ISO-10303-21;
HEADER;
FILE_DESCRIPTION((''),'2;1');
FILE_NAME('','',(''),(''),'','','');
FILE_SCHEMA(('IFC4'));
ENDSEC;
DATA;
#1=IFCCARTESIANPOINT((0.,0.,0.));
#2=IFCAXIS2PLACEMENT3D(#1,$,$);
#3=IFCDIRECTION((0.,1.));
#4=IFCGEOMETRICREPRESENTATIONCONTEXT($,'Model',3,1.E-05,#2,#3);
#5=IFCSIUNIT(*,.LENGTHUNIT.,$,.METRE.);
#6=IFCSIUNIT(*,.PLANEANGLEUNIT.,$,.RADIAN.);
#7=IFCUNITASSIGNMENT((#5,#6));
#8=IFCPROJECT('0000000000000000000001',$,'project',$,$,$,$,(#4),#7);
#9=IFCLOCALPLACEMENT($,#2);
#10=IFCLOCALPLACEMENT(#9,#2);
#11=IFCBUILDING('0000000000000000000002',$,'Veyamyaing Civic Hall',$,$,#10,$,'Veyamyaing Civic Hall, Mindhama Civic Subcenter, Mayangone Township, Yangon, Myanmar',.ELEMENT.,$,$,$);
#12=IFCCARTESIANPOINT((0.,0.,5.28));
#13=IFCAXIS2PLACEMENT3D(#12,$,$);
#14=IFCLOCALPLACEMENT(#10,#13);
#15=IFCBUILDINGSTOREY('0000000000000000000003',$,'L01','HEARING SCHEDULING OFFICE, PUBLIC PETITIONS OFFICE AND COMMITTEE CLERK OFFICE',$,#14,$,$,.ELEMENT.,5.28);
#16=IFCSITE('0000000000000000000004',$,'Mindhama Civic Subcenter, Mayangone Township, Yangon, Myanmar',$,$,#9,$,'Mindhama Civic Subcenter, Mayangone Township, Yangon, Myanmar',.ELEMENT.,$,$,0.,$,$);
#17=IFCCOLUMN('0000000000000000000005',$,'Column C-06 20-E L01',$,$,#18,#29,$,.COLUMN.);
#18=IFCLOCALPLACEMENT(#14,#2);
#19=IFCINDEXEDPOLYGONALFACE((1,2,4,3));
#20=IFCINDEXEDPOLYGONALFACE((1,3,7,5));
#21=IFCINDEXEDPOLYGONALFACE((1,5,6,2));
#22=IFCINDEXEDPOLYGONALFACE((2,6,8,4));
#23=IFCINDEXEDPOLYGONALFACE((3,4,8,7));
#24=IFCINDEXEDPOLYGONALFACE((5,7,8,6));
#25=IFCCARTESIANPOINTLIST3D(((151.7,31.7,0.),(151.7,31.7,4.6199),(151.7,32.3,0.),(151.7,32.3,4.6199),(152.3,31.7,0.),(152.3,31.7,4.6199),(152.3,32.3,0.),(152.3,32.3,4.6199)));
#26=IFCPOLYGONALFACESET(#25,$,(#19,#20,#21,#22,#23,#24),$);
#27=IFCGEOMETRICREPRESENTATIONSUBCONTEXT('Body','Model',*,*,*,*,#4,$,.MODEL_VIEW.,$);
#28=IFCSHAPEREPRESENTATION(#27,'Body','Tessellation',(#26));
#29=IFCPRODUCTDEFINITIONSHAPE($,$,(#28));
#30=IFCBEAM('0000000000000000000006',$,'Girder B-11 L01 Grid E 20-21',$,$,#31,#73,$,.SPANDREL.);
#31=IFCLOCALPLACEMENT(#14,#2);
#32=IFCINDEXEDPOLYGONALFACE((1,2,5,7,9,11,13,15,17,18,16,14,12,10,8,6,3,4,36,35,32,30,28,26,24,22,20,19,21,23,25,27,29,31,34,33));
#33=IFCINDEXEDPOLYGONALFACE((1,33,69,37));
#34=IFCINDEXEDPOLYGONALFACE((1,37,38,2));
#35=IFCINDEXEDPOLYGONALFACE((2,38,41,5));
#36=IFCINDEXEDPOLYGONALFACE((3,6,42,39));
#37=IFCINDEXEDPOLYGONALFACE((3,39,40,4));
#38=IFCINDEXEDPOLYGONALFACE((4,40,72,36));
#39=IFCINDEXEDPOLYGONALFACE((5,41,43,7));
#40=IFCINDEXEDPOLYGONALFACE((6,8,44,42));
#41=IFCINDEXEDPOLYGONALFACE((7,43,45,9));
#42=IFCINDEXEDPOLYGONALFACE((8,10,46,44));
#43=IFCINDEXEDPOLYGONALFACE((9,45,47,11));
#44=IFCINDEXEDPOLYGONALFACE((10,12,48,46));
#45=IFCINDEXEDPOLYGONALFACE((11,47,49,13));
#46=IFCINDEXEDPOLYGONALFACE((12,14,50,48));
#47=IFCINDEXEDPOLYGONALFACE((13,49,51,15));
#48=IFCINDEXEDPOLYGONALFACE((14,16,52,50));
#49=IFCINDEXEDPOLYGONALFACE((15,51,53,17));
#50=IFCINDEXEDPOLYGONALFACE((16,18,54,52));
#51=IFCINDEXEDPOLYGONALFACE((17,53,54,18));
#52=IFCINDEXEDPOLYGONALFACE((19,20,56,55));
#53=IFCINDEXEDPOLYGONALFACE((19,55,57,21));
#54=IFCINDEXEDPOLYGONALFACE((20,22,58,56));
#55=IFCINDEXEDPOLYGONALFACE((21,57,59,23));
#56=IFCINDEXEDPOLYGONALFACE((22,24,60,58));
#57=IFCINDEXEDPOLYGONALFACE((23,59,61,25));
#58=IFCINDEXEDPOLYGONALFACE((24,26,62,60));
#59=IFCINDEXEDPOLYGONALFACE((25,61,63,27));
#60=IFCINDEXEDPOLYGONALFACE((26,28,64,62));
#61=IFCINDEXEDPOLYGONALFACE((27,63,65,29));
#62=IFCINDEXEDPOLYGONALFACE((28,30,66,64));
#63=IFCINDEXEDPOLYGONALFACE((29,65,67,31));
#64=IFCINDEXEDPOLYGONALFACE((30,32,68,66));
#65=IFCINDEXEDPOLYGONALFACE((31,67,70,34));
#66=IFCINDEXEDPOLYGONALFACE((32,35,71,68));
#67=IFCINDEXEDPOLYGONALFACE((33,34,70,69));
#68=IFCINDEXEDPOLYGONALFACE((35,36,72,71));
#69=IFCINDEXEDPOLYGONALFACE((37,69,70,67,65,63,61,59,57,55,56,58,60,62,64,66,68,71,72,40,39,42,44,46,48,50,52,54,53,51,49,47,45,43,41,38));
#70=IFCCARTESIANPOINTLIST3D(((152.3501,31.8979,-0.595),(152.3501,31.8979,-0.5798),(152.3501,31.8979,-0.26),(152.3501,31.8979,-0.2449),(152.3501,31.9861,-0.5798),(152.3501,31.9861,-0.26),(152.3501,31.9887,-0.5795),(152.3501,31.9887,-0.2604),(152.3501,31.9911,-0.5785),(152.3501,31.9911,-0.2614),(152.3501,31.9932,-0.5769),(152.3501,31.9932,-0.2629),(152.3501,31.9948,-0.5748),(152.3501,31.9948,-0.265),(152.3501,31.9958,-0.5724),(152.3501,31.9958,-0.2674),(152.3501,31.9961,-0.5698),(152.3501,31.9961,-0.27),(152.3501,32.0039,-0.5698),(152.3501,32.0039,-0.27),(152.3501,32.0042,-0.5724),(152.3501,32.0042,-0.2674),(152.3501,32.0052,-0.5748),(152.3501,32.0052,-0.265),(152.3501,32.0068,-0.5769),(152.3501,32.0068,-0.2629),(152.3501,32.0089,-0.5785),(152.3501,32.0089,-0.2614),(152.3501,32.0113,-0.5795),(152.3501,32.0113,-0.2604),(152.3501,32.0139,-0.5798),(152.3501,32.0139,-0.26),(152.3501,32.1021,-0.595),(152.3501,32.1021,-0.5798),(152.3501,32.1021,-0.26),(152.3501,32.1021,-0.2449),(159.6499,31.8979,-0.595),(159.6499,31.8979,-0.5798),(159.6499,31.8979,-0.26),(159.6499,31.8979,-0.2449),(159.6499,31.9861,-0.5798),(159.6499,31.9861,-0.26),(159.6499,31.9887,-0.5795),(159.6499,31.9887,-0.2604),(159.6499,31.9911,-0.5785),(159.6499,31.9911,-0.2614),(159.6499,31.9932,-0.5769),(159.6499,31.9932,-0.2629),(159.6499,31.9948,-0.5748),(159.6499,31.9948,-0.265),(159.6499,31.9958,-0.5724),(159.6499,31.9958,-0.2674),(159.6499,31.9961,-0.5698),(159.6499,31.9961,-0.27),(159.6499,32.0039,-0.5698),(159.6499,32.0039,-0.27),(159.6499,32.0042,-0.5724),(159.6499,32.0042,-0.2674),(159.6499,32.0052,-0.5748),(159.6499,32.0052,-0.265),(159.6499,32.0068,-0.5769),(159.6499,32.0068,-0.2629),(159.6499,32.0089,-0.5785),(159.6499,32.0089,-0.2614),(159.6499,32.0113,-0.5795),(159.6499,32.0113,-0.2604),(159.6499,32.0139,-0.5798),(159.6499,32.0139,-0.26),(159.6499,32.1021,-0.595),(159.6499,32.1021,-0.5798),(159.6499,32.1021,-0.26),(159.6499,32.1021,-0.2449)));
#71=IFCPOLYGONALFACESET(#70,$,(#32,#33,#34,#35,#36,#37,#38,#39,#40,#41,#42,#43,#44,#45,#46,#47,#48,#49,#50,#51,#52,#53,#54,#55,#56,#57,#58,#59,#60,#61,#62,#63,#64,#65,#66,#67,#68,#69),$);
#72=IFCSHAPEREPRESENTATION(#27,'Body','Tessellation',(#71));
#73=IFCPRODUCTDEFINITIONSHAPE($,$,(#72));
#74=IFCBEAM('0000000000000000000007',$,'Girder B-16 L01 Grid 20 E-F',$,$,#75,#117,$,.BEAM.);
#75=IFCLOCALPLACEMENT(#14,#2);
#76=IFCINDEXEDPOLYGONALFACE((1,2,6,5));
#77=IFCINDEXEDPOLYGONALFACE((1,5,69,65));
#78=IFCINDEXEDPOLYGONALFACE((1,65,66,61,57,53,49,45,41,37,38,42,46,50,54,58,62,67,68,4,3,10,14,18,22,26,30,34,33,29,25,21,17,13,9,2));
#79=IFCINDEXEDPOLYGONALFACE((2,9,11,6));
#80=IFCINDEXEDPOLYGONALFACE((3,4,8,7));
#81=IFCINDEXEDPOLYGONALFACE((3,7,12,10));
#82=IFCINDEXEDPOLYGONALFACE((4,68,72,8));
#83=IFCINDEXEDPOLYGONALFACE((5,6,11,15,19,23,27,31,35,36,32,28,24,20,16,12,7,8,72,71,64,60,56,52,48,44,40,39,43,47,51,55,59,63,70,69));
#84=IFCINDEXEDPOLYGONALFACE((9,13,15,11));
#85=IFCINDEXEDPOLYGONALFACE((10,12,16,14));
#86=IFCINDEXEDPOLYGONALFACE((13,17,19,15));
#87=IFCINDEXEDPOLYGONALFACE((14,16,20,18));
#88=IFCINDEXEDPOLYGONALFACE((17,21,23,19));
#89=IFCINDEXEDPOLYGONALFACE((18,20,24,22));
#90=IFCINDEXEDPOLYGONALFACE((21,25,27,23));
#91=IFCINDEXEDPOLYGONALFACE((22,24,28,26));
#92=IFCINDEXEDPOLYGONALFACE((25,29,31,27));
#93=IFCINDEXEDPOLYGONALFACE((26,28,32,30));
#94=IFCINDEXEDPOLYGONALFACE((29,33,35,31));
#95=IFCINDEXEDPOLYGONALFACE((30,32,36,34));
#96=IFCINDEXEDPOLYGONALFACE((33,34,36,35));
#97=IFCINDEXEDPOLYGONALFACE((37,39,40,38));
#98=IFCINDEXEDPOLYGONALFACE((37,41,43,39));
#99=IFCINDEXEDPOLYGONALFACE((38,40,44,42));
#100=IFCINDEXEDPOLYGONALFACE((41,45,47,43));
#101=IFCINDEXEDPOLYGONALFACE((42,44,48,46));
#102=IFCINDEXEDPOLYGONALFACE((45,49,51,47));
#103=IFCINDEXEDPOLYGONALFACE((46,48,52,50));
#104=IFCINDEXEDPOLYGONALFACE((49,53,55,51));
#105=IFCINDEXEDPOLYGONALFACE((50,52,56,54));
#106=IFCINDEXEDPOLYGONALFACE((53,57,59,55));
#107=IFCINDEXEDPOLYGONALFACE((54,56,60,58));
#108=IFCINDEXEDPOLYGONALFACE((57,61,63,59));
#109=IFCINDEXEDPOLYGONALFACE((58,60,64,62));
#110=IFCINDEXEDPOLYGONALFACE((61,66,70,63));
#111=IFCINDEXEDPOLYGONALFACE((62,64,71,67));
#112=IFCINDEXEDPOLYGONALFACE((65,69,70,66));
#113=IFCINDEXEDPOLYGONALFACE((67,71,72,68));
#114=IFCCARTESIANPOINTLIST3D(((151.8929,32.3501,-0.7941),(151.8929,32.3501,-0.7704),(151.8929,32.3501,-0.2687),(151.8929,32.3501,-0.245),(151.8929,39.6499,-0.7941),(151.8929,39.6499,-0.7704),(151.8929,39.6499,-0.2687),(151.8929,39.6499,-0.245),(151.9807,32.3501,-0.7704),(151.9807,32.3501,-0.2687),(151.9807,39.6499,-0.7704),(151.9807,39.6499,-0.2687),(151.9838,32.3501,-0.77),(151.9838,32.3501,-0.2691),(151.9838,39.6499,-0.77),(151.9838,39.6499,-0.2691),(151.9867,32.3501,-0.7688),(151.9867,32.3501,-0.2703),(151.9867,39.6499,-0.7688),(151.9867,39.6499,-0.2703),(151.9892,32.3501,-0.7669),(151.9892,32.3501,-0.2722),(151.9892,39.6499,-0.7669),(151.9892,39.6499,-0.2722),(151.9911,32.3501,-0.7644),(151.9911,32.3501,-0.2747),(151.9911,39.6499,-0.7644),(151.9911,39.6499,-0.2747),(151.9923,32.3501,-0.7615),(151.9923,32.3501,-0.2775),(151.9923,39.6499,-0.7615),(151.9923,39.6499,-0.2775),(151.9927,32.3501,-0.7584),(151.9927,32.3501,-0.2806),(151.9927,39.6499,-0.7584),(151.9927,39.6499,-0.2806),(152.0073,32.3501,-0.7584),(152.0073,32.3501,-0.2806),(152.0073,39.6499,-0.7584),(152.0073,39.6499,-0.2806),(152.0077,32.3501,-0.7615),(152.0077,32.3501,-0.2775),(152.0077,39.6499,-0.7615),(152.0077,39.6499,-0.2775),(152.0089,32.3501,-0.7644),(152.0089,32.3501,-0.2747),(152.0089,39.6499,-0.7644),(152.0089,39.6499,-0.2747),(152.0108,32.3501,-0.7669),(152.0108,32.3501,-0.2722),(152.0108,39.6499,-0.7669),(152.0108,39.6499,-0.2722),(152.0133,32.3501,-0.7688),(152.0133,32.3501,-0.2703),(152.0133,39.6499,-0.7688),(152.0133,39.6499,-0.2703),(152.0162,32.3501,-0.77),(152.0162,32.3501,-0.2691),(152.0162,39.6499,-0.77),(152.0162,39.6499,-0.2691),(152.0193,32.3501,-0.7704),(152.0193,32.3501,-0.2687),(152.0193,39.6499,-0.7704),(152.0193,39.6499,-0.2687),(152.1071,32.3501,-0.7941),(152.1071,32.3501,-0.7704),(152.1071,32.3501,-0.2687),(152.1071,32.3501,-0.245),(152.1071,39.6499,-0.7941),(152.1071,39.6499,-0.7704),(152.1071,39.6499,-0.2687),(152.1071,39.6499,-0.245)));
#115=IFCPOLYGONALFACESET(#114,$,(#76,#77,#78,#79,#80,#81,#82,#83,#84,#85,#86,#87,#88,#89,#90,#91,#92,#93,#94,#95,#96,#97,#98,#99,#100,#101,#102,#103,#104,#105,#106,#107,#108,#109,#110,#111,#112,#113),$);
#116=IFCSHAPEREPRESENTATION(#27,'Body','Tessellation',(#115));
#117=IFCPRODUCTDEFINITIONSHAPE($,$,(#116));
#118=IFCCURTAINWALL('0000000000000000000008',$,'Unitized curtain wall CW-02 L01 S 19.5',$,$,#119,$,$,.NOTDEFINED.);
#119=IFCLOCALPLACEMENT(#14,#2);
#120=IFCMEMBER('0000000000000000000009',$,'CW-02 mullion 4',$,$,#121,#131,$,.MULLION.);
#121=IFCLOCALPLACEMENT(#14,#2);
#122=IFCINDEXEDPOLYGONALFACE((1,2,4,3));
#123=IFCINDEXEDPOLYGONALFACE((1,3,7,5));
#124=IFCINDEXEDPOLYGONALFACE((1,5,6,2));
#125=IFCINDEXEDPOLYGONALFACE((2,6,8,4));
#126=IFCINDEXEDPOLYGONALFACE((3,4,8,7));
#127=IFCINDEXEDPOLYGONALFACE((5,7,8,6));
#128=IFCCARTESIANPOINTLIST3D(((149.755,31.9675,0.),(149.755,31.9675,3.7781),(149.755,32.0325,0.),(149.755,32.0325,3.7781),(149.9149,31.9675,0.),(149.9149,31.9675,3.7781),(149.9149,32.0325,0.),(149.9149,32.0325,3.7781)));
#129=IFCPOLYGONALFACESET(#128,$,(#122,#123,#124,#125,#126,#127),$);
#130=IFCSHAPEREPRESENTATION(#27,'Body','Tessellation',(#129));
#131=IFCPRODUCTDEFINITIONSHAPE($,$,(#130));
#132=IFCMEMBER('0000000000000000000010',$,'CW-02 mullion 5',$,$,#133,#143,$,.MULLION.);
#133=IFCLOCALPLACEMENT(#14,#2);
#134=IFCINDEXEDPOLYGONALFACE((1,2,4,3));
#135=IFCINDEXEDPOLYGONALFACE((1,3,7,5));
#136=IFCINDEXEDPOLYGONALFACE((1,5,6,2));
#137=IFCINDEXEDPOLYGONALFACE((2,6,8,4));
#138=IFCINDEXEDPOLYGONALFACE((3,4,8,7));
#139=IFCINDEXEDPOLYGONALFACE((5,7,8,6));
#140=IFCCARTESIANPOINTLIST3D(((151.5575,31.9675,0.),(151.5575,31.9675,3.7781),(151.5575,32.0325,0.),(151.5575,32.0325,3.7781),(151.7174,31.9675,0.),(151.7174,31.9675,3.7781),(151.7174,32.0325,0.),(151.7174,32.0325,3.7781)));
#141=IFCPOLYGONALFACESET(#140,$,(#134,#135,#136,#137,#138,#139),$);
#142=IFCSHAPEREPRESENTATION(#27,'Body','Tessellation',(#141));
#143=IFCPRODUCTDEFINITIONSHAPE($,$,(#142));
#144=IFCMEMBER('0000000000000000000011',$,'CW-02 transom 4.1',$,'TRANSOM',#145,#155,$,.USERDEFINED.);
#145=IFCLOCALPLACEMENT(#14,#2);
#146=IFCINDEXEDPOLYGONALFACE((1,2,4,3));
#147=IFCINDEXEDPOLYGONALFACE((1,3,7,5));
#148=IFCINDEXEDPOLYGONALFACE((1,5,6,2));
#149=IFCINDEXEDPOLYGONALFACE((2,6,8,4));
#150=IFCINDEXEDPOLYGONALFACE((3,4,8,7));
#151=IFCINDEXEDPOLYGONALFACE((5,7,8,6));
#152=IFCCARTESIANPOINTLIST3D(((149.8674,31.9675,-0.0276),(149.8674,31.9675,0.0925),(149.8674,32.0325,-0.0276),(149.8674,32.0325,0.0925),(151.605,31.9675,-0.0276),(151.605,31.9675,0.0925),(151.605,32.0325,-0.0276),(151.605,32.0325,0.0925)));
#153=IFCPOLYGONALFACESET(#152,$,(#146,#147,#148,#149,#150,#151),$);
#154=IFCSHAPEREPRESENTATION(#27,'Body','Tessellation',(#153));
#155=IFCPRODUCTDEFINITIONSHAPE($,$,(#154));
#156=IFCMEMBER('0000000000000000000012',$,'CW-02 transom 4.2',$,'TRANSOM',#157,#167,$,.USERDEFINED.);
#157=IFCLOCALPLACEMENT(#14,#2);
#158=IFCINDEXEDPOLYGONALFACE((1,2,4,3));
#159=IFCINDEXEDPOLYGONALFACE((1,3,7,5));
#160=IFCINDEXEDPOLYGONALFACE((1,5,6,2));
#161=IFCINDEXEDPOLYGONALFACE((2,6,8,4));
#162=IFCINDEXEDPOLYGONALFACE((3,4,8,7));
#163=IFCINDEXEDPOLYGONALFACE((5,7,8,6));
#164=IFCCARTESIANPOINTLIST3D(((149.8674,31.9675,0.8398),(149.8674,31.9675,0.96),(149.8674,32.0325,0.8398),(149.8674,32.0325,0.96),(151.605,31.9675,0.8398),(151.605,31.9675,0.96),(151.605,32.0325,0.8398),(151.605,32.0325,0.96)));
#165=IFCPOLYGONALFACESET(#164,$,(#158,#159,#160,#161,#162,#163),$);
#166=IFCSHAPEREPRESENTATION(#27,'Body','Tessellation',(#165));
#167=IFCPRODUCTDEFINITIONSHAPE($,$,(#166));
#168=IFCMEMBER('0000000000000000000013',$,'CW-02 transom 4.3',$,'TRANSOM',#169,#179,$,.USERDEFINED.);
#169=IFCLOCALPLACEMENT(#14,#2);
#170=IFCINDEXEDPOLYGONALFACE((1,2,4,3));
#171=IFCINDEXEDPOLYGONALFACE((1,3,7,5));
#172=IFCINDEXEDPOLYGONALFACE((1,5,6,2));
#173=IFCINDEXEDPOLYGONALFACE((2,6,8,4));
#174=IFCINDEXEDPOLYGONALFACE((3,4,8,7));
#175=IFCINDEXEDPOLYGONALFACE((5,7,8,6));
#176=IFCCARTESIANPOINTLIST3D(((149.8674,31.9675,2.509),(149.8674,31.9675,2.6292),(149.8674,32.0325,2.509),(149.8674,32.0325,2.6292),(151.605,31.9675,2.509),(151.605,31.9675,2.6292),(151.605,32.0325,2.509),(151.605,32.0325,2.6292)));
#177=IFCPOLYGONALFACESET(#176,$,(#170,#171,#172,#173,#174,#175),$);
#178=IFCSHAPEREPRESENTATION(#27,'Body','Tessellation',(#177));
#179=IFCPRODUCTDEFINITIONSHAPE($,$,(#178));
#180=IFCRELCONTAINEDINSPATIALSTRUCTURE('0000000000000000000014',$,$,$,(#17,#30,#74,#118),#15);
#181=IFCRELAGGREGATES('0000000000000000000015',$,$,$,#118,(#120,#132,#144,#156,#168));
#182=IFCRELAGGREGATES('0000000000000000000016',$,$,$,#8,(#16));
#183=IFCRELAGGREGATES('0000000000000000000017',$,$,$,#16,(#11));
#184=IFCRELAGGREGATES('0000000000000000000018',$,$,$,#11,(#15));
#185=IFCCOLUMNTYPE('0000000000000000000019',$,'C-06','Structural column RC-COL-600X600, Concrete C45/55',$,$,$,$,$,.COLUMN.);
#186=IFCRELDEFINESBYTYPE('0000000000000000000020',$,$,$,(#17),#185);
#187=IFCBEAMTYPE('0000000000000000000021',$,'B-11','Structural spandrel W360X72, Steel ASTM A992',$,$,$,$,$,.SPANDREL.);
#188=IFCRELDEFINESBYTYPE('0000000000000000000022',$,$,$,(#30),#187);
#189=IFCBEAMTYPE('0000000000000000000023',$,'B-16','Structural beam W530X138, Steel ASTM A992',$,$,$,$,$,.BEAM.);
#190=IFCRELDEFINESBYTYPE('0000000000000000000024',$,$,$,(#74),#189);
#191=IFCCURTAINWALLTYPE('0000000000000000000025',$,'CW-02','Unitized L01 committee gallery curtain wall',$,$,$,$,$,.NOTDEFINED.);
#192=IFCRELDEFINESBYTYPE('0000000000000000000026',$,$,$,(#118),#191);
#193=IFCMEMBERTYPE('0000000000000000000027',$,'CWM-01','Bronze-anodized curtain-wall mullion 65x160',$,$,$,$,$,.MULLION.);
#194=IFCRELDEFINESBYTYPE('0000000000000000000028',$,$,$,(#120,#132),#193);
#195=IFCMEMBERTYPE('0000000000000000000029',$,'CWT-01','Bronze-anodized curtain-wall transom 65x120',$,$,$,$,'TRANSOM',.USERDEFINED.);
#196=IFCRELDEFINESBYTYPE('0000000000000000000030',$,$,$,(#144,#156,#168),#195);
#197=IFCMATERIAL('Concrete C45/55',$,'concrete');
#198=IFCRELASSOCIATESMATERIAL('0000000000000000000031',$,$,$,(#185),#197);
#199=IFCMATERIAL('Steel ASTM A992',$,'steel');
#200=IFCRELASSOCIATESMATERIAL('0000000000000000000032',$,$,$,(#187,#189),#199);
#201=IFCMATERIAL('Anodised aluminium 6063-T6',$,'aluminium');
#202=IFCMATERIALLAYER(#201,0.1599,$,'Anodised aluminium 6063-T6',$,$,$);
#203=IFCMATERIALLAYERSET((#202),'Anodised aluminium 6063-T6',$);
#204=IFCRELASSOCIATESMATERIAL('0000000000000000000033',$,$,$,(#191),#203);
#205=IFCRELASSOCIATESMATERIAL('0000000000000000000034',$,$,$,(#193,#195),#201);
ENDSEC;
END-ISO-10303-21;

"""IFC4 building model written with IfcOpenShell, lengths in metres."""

from ifc_helpers import new_model, si_unit, direction, frame, origin, origin_2d, place, context, subcontext, project, spatial, rectangle, i_section, extrude, material, layer, layer_set, material_profile, profile_set, type_object, element, aggregate, save


model = new_model("IFC4")

# Units and contexts
model_context = context("Model", 3, precision=1e-05, world=origin(), true_north=direction((0.0, 1.0)))
body_context = subcontext(model_context, "Body", "Model", "MODEL_VIEW")
ifc_project = project(units=[si_unit("LENGTHUNIT", "METRE"), si_unit("PLANEANGLEUNIT", "RADIAN")], contexts=[model_context])

# Site, building, storey
site_placement = place(None, origin())
site = spatial("IfcSite", under=ifc_project, at=site_placement, Name="Mindhama Civic Subcenter, Mayangone Township, Yangon, Myanmar", LongName="Mindhama Civic Subcenter, Mayangone Township, Yangon, Myanmar", CompositionType="ELEMENT", RefElevation=0.0)
building_placement = place(site_placement, origin())
building = spatial("IfcBuilding", under=site, at=building_placement, Name="Veyamyaing Civic Hall", LongName="Veyamyaing Civic Hall, Mindhama Civic Subcenter, Mayangone Township, Yangon, Myanmar", CompositionType="ELEMENT")
storey_placement = place(building_placement, frame((0.0, 0.0, 5.28)))
storey = spatial("IfcBuildingStorey", under=building, at=storey_placement, Name="L01", Description="HEARING SCHEDULING OFFICE, PUBLIC PETITIONS OFFICE AND COMMITTEE CLERK OFFICE", CompositionType="ELEMENT", Elevation=5.28)

# Column
ifc_material_1 = material(Name="Concrete C45/55", Category="concrete")
ifc_material_profile_1 = material_profile(ifc_material_1, rectangle(XDim=0.6001, YDim=0.6001, at=origin_2d()), Name="RC-COL-600X600")
ifc_profile_set_1 = profile_set([ifc_material_profile_1], Name="Concrete C45/55")
column_type = type_object("IfcColumnType", Name="C-06", Description="Structural column RC-COL-600X600, Concrete C45/55", PredefinedType="COLUMN", material=ifc_profile_set_1)
column_placement = place(storey_placement, frame((152.0, 32.0, 0.0), z_axis=(0.0, 0.0, 1.0), x_axis=(1.0, 0.0, 0.0)))
element("IfcColumn", 1, at=column_placement, inside=storey, type_object=column_type, Name="Column C-06 20-E L01", PredefinedType="COLUMN", context=body_context, shape_type="SweptSolid", body=[
    extrude(rectangle(XDim=0.6001, YDim=0.6001, at=origin_2d()), origin(), (0.0, 0.0, 1.0), 4.6199),
])

# Beams
ifc_material_2 = material(Name="Steel ASTM A992", Category="steel")
ifc_material_profile_2 = material_profile(ifc_material_2, i_section(OverallWidth=0.2041, OverallDepth=0.3501, WebThickness=0.0078, FlangeThickness=0.0151, FilletRadius=0.01, at=origin_2d()), Name="W360X72")
ifc_profile_set_2 = profile_set([ifc_material_profile_2], Name="Steel ASTM A992")
beam_type_1 = type_object("IfcBeamType", Name="B-11", Description="Structural spandrel W360X72, Steel ASTM A992", PredefinedType="SPANDREL", material=ifc_profile_set_2)
beam_1_placement = place(storey_placement, frame((152.3501, 32.0, -0.4199), z_axis=(1.0, 0.0, 0.0), x_axis=(0.0, 1.0, 0.0)))
element("IfcBeam", 2, at=beam_1_placement, inside=storey, type_object=beam_type_1, Name="Girder B-11 L01 Grid E 20-21", PredefinedType="SPANDREL", context=body_context, shape_type="SweptSolid", body=[
    extrude(i_section(OverallWidth=0.2041, OverallDepth=0.3501, WebThickness=0.0078, FlangeThickness=0.0151, FilletRadius=0.01, at=origin_2d()), origin(), (0.0, 0.0, 1.0), 7.2998),
])
ifc_material_profile_3 = material_profile(ifc_material_2, i_section(OverallWidth=0.2141, OverallDepth=0.5491, WebThickness=0.0146, FlangeThickness=0.0237, FilletRadius=0.012, at=origin_2d()), Name="W530X138")
ifc_profile_set_3 = profile_set([ifc_material_profile_3], Name="Steel ASTM A992")
beam_type_2 = type_object("IfcBeamType", Name="B-16", Description="Structural beam W530X138, Steel ASTM A992", PredefinedType="BEAM", material=ifc_profile_set_3)
beam_2_placement = place(storey_placement, frame((152.0, 32.3501, -0.5195), z_axis=(0.0, 1.0, 0.0), x_axis=(-1.0, 0.0, 0.0)))
element("IfcBeam", 3, at=beam_2_placement, inside=storey, type_object=beam_type_2, Name="Girder B-16 L01 Grid 20 E-F", PredefinedType="BEAM", context=body_context, shape_type="SweptSolid", body=[
    extrude(i_section(OverallWidth=0.2141, OverallDepth=0.5491, WebThickness=0.0146, FlangeThickness=0.0237, FilletRadius=0.012, at=origin_2d()), origin(), (0.0, 0.0, 1.0), 7.2998),
])

# Curtain wall, members
ifc_material_3 = material(Name="Anodised aluminium 6063-T6", Category="aluminium")
ifc_layer_1 = layer(ifc_material_3, 0.1599, Name="Anodised aluminium 6063-T6")
ifc_layer_set_1 = layer_set([ifc_layer_1], Name="Anodised aluminium 6063-T6")
curtain_wall_type = type_object("IfcCurtainWallType", Name="CW-02", Description="Unitized L01 committee gallery curtain wall", PredefinedType="NOTDEFINED", material=ifc_layer_set_1)
curtain_wall_placement = place(storey_placement, origin())
curtain_wall = element("IfcCurtainWall", 4, at=curtain_wall_placement, inside=storey, type_object=curtain_wall_type, Name="Unitized curtain wall CW-02 L01 S 19.5", PredefinedType="NOTDEFINED")
ifc_material_profile_4 = material_profile(ifc_material_3, rectangle(XDim=0.0649, YDim=0.1599, at=origin_2d()), Name="ALU-MUL-65X160")
ifc_profile_set_4 = profile_set([ifc_material_profile_4], Name="Anodised aluminium 6063-T6")
member_type_1 = type_object("IfcMemberType", Name="CWM-01", Description="Bronze-anodized curtain-wall mullion 65x160", PredefinedType="MULLION", material=ifc_profile_set_4)
member_1_placement = place(storey_placement, frame((149.835, 32.0, 0.0), z_axis=(0.0, 0.0, 1.0), x_axis=(0.0, 1.0, 0.0)))
member_1 = element("IfcMember", 5, at=member_1_placement, type_object=member_type_1, Name="CW-02 mullion 4", PredefinedType="MULLION", context=body_context, shape_type="SweptSolid", body=[
    extrude(rectangle(XDim=0.0649, YDim=0.1599, at=origin_2d()), origin(), (0.0, 0.0, 1.0), 3.7781),
])
member_2_placement = place(storey_placement, frame((151.6375, 32.0, 0.0), z_axis=(0.0, 0.0, 1.0), x_axis=(0.0, 1.0, 0.0)))
member_2 = element("IfcMember", 6, at=member_2_placement, type_object=member_type_1, Name="CW-02 mullion 5", PredefinedType="MULLION", context=body_context, shape_type="SweptSolid", body=[
    extrude(rectangle(XDim=0.0649, YDim=0.1599, at=origin_2d()), origin(), (0.0, 0.0, 1.0), 3.7781),
])
ifc_material_profile_5 = material_profile(ifc_material_3, rectangle(XDim=0.0649, YDim=0.1201, at=origin_2d()), Name="ALU-TRN-65X120")
ifc_profile_set_5 = profile_set([ifc_material_profile_5], Name="Anodised aluminium 6063-T6")
member_type_2 = type_object("IfcMemberType", Name="CWT-01", Description="Bronze-anodized curtain-wall transom 65x120", ElementType="TRANSOM", PredefinedType="USERDEFINED", material=ifc_profile_set_5)
member_3_placement = place(storey_placement, frame((149.8674, 32.0, 0.0325), z_axis=(1.0, 0.0, 0.0), x_axis=(0.0, 1.0, 0.0)))
member_3 = element("IfcMember", 7, at=member_3_placement, type_object=member_type_2, Name="CW-02 transom 4.1", ObjectType="TRANSOM", PredefinedType="USERDEFINED", context=body_context, shape_type="SweptSolid", body=[
    extrude(rectangle(XDim=0.0649, YDim=0.1201, at=origin_2d()), origin(), (0.0, 0.0, 1.0), 1.7375),
])
member_4_placement = place(storey_placement, frame((149.8674, 32.0, 0.8999), z_axis=(1.0, 0.0, 0.0), x_axis=(0.0, 1.0, 0.0)))
member_4 = element("IfcMember", 8, at=member_4_placement, type_object=member_type_2, Name="CW-02 transom 4.2", ObjectType="TRANSOM", PredefinedType="USERDEFINED", context=body_context, shape_type="SweptSolid", body=[
    extrude(rectangle(XDim=0.0649, YDim=0.1201, at=origin_2d()), origin(), (0.0, 0.0, 1.0), 1.7375),
])
member_5_placement = place(storey_placement, frame((149.8674, 32.0, 2.5691), z_axis=(1.0, 0.0, 0.0), x_axis=(0.0, 1.0, 0.0)))
member_5 = element("IfcMember", 9, at=member_5_placement, type_object=member_type_2, Name="CW-02 transom 4.3", ObjectType="TRANSOM", PredefinedType="USERDEFINED", context=body_context, shape_type="SweptSolid", body=[
    extrude(rectangle(XDim=0.0649, YDim=0.1201, at=origin_2d()), origin(), (0.0, 0.0, 1.0), 1.7375),
])

aggregate(curtain_wall, [member_1, member_2, member_3, member_4, member_5])

save(model, "model.ifc")
